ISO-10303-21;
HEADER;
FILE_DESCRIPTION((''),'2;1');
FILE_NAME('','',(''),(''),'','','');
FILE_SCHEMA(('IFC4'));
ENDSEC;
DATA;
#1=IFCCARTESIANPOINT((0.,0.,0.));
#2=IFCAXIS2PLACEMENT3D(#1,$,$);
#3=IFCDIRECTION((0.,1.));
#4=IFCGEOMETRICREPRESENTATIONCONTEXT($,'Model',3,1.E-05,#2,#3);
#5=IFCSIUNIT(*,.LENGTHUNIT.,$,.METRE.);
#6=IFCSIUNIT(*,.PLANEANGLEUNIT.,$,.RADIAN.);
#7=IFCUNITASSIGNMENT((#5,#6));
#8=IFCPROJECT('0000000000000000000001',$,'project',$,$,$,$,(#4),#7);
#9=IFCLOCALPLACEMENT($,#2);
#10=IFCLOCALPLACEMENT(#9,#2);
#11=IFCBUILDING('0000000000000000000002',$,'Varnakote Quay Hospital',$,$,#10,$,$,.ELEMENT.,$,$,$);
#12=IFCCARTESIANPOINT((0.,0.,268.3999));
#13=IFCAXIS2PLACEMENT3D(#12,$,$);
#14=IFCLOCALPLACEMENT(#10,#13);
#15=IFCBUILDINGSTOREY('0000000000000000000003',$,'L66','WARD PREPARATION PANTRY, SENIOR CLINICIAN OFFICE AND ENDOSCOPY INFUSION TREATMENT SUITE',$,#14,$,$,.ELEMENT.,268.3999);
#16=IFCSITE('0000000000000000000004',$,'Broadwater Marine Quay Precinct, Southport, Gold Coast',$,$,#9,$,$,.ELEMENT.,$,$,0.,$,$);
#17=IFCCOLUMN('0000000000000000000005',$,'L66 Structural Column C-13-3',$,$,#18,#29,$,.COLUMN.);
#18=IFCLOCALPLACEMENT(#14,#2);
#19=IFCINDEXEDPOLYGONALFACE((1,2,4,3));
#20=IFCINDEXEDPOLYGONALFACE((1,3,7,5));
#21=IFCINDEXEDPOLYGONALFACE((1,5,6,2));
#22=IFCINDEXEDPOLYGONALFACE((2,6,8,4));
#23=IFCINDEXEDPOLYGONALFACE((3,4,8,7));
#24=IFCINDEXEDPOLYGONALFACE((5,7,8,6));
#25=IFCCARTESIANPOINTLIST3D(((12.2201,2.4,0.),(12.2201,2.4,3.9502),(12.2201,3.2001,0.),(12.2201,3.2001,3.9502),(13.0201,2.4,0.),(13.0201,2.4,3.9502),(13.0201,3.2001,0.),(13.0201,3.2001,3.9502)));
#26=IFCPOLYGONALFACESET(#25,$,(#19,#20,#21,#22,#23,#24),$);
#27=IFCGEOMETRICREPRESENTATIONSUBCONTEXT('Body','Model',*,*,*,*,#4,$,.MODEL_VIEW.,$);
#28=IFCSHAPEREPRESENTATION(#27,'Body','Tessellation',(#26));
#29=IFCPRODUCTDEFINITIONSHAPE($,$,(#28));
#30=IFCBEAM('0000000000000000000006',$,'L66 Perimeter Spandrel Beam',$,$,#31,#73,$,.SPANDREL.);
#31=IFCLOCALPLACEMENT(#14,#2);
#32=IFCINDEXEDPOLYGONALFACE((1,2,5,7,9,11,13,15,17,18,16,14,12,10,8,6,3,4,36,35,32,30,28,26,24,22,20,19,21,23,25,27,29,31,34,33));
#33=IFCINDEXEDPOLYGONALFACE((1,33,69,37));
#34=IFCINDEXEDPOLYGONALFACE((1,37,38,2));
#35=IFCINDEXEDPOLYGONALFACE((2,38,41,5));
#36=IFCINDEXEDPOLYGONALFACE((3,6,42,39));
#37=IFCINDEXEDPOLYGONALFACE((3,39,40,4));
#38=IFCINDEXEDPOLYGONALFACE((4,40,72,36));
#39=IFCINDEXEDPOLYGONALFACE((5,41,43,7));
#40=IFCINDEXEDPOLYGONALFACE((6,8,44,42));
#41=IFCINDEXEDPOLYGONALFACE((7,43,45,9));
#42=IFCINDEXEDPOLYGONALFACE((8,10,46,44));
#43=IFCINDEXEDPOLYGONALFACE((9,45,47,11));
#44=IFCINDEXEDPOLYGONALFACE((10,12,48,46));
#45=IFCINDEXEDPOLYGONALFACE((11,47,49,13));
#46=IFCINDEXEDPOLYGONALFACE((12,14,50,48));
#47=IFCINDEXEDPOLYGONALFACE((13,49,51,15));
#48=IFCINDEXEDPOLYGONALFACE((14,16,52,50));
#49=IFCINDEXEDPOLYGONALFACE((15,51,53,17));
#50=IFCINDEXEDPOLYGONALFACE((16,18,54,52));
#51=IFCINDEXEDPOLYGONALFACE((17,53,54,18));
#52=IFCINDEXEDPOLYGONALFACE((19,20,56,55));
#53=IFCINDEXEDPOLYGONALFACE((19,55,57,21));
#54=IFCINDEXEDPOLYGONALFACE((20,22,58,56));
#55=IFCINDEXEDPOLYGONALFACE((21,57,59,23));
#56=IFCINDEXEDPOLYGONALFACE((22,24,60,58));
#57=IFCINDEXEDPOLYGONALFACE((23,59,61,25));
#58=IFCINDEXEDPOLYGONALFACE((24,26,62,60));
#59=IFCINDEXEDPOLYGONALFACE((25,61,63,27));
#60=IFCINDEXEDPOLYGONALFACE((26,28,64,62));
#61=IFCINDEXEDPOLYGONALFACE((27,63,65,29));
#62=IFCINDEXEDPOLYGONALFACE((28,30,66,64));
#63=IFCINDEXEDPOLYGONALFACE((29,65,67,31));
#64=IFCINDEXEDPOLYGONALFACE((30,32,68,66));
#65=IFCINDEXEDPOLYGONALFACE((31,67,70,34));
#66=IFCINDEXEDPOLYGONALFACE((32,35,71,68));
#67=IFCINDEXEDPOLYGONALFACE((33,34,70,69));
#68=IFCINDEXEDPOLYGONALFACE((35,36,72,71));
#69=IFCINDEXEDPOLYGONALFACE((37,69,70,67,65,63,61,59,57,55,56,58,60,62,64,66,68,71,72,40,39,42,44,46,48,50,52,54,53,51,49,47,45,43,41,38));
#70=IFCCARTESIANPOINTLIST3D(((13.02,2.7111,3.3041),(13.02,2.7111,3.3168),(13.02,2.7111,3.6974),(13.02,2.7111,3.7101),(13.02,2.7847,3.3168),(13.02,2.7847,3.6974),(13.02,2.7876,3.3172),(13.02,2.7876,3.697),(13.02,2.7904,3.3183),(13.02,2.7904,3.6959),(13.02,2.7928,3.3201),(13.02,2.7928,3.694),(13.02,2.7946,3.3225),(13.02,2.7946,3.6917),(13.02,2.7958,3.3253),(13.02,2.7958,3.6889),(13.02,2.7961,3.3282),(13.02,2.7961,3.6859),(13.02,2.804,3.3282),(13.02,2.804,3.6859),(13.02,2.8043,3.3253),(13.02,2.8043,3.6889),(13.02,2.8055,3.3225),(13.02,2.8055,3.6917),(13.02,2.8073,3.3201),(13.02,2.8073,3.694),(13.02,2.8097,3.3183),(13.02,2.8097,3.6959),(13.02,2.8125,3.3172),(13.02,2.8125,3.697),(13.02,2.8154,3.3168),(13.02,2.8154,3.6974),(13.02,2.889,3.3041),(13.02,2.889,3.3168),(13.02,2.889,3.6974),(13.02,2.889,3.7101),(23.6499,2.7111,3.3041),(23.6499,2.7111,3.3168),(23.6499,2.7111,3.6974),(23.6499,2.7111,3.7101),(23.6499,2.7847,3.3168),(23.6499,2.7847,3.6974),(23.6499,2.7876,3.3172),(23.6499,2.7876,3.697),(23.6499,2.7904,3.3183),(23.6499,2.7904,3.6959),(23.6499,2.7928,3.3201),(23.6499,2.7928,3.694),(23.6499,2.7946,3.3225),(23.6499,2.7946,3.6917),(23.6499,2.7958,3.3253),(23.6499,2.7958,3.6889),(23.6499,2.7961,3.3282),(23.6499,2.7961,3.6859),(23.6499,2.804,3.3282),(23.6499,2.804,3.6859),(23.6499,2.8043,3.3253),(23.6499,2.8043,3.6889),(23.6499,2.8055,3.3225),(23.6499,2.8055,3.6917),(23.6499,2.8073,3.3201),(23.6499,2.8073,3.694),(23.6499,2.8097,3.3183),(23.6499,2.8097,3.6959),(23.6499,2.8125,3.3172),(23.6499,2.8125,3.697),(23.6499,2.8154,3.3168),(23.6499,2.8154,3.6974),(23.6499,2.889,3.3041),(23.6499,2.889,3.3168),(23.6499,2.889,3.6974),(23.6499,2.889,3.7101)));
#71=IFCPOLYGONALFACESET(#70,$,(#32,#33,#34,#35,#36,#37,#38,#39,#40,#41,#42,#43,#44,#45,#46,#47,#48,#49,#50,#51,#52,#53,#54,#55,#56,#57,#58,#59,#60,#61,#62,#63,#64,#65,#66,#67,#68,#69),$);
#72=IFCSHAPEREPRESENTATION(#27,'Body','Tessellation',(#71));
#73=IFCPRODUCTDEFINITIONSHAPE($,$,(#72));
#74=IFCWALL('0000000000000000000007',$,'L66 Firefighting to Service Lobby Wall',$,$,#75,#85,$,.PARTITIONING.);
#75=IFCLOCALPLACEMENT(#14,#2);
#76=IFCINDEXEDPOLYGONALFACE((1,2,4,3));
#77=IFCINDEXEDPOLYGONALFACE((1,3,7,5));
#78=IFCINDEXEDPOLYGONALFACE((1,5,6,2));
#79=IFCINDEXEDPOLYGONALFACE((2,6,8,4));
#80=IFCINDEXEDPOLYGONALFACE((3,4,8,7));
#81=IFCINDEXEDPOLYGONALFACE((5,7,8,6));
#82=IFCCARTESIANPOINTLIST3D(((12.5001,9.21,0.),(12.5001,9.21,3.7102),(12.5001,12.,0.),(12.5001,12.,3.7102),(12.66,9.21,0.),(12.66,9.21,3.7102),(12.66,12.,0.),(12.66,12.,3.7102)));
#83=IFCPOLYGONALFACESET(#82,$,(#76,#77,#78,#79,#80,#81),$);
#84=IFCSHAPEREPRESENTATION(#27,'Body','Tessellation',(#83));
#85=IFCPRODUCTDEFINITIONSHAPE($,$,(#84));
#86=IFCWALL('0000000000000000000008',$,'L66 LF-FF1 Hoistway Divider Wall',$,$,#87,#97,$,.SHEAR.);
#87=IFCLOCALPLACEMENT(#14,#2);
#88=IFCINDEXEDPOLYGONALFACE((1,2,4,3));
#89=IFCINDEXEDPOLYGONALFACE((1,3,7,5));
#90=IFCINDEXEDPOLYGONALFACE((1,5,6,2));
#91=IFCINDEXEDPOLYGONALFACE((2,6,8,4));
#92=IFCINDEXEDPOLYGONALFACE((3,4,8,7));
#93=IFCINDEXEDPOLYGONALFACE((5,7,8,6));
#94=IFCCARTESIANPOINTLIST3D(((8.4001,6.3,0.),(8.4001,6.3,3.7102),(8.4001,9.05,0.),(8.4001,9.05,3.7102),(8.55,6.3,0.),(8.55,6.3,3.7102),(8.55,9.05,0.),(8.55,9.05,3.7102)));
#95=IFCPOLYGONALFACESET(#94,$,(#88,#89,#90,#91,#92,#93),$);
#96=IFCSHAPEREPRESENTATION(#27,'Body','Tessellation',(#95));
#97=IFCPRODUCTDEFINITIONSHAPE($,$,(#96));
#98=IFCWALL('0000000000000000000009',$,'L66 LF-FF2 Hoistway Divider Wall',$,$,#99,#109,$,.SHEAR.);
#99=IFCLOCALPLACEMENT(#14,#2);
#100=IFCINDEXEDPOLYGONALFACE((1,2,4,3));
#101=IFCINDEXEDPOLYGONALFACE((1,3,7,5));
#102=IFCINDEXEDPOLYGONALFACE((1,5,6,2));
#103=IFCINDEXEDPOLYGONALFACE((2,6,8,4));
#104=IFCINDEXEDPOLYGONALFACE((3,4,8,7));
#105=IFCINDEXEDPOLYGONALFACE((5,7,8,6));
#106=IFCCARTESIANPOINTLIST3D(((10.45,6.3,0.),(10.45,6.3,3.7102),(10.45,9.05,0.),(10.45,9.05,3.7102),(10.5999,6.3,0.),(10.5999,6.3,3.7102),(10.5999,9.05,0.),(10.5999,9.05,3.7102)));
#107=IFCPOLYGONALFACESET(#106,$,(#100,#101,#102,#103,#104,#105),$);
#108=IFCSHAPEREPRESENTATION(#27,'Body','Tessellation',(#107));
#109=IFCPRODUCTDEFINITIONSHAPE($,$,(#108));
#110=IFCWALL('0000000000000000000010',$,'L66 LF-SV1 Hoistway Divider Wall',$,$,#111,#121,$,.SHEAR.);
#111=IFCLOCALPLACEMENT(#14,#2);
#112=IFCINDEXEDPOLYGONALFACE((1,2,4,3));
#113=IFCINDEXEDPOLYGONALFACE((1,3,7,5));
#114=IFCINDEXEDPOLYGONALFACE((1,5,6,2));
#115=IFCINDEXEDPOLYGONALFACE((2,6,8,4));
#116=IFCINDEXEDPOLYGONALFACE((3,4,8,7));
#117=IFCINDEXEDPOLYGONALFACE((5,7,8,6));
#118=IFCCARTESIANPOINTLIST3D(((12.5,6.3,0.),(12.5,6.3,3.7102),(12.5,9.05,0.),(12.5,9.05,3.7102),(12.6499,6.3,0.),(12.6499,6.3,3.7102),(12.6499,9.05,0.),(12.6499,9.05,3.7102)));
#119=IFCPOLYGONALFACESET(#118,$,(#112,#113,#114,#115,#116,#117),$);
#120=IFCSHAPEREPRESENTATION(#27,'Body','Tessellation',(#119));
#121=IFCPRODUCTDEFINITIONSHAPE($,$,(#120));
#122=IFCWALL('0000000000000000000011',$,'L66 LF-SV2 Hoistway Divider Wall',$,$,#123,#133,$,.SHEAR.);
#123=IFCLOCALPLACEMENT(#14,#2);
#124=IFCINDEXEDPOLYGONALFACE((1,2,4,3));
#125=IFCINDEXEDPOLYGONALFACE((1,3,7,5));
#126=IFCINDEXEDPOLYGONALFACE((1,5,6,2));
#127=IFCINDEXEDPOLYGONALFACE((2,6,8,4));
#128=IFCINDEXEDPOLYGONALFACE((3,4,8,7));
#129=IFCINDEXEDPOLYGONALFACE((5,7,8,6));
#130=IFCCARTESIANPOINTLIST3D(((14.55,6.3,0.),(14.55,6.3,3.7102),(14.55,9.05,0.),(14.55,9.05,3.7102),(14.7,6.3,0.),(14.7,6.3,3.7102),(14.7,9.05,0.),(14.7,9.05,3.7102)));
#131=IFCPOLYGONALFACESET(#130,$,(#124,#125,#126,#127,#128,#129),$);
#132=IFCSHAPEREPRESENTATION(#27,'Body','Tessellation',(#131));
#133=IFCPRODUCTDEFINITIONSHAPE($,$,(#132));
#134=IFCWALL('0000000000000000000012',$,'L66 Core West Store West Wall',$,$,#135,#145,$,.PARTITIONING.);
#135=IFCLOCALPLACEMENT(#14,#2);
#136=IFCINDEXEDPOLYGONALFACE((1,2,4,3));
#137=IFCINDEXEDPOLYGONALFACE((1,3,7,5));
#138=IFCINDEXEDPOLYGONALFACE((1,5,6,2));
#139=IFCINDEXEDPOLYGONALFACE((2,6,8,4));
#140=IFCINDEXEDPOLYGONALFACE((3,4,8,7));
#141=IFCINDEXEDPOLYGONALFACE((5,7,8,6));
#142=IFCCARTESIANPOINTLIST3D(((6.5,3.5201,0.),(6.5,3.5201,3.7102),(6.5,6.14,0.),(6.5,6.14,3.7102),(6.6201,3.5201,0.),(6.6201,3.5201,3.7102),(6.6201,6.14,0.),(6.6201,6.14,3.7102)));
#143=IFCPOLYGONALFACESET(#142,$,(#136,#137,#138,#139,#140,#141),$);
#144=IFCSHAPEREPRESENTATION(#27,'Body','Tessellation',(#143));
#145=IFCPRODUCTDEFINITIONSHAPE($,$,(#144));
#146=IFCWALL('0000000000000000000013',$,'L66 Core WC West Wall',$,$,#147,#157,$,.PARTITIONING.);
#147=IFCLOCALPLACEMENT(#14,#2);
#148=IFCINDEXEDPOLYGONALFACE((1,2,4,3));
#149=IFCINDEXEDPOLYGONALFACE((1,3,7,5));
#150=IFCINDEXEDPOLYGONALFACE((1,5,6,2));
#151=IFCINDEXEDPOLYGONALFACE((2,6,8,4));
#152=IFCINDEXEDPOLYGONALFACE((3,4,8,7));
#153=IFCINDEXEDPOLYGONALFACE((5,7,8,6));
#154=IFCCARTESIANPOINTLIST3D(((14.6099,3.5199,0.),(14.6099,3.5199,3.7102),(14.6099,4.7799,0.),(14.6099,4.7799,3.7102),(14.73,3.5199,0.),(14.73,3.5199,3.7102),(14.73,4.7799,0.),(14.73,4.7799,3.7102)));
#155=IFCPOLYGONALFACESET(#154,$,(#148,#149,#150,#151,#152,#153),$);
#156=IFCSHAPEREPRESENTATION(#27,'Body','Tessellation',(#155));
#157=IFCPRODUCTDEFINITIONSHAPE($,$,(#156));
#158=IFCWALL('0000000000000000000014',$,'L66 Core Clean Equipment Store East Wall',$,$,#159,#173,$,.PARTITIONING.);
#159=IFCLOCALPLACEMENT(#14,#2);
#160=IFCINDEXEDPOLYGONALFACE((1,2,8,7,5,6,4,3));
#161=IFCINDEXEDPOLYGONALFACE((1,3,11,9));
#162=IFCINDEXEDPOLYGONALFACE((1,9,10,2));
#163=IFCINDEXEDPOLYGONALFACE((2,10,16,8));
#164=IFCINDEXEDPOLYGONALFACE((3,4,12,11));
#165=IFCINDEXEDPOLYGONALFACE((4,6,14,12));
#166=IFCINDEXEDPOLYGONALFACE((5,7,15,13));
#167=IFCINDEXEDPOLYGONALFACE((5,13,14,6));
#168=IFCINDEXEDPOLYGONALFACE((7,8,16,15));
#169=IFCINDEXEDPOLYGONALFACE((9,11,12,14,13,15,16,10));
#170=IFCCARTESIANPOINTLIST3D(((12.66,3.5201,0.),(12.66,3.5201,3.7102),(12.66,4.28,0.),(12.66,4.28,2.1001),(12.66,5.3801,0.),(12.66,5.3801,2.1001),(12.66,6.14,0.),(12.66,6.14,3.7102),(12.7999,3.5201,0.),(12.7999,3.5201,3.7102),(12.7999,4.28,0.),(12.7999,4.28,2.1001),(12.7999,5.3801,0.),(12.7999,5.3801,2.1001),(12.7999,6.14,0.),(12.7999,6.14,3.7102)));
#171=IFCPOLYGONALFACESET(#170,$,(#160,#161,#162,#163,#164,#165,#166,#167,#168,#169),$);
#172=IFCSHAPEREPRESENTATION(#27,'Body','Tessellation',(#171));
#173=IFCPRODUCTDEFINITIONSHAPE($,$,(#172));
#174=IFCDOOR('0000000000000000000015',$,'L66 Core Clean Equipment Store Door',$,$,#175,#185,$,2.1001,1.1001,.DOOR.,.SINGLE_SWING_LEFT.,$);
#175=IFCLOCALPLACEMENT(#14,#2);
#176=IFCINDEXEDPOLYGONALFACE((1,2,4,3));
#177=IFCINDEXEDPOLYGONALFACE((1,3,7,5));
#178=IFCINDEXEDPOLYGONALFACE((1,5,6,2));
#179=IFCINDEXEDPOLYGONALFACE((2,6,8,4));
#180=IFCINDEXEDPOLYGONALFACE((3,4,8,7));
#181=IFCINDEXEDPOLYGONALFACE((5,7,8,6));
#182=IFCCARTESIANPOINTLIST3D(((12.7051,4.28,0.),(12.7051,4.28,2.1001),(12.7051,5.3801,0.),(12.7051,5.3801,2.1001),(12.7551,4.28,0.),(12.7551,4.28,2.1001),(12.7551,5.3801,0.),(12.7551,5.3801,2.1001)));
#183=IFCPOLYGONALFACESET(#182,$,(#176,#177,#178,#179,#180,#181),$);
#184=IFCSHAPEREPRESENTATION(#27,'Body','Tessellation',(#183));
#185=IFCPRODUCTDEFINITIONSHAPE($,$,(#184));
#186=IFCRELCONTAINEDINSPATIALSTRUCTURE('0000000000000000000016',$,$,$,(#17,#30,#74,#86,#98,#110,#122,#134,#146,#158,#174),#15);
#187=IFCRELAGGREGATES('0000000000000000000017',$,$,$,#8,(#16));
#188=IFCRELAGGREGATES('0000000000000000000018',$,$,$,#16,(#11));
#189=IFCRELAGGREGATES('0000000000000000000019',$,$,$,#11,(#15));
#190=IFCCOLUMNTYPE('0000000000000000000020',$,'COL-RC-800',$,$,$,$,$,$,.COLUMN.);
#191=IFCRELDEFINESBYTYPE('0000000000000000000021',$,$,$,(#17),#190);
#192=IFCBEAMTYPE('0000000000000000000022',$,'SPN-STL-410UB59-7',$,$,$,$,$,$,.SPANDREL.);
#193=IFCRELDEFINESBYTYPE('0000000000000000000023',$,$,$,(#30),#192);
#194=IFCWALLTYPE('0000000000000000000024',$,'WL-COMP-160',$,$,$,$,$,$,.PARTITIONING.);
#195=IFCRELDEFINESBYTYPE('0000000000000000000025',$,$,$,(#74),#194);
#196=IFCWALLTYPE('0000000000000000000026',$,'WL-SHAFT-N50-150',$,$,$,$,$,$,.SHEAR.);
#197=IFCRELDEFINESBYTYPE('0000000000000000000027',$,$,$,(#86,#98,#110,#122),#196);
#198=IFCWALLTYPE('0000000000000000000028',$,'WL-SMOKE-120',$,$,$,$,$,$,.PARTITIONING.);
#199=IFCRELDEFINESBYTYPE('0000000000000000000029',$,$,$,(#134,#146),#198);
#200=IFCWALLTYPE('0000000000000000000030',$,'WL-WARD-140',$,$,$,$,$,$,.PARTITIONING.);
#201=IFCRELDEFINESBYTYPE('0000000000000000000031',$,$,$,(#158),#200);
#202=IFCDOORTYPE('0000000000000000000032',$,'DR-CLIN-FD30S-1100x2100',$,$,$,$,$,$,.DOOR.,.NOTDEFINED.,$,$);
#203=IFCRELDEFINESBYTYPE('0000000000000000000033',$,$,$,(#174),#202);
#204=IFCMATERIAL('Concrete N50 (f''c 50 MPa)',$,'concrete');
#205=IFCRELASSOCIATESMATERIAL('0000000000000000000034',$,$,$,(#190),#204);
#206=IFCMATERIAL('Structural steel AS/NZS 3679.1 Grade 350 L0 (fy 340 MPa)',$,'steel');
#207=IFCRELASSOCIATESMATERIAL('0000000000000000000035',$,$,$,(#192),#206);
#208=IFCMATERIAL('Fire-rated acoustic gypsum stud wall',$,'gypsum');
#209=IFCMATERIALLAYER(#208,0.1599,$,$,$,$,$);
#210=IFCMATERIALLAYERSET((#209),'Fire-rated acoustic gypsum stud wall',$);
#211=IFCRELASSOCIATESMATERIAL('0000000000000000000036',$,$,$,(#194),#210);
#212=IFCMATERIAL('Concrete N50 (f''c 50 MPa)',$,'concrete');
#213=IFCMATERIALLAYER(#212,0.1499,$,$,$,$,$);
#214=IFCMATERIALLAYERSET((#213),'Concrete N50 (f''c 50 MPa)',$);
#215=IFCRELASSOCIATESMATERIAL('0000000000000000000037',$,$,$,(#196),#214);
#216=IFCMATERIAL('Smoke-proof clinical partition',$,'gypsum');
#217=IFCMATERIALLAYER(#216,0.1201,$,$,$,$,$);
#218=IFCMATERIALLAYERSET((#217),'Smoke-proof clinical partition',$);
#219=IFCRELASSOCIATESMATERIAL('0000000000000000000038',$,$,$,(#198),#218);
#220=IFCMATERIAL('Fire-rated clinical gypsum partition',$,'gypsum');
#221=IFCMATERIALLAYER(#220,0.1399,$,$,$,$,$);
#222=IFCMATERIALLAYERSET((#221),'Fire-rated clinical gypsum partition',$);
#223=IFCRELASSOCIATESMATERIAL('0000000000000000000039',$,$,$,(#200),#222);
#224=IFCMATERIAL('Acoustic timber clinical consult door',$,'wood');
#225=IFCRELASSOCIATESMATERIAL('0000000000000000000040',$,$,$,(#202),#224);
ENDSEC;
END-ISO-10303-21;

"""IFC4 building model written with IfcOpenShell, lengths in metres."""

from ifc_helpers import new_model, si_unit, direction, frame, frame_2d, origin, origin_2d, place, context, subcontext, project, spatial, rectangle, i_section, extrude, material, layer, layer_set, material_profile, profile_set, type_object, element, fill, save


model = new_model("IFC4")

# Units and contexts
model_context = context("Model", 3, precision=1e-05, world=origin(), true_north=direction((0.0, 1.0)))
body_context = subcontext(model_context, "Body", "Model", "MODEL_VIEW")
ifc_project = project(units=[si_unit("LENGTHUNIT", "METRE"), si_unit("PLANEANGLEUNIT", "RADIAN")], contexts=[model_context])

# Site, building, storey
site_placement = place(None, origin())
site = spatial("IfcSite", under=ifc_project, at=site_placement, Name="Broadwater Marine Quay Precinct, Southport, Gold Coast", CompositionType="ELEMENT", RefElevation=0.0)
building_placement = place(site_placement, origin())
building = spatial("IfcBuilding", under=site, at=building_placement, Name="Varnakote Quay Hospital", CompositionType="ELEMENT")
storey_placement = place(building_placement, frame((0.0, 0.0, 268.3999)))
storey = spatial("IfcBuildingStorey", under=building, at=storey_placement, Name="L66", Description="WARD PREPARATION PANTRY, SENIOR CLINICIAN OFFICE AND ENDOSCOPY INFUSION TREATMENT SUITE", CompositionType="ELEMENT", Elevation=268.3999)

# Column
ifc_material_1 = material(Name="Concrete N50 (f'c 50 MPa)", Category="concrete")
ifc_material_profile_1 = material_profile(ifc_material_1, rectangle(XDim=0.8, YDim=0.8, at=origin_2d()), Name="RC-COL-800x800")
ifc_profile_set_1 = profile_set([ifc_material_profile_1], Name="Concrete N50 (f'c 50 MPa)")
column_type = type_object("IfcColumnType", Name="COL-RC-800", PredefinedType="COLUMN", material=ifc_profile_set_1)
column_placement = place(storey_placement, frame((12.6201, 2.8, 0.0), z_axis=(0.0, 0.0, 1.0), x_axis=(1.0, 0.0, 0.0)))
element("IfcColumn", 1, at=column_placement, inside=storey, type_object=column_type, Name="L66 Structural Column C-13-3", PredefinedType="COLUMN", context=body_context, shape_type="SweptSolid", body=[
    extrude(rectangle(XDim=0.8, YDim=0.8, at=origin_2d()), origin(), (0.0, 0.0, 1.0), 3.9502),
])

# Beam
ifc_material_2 = material(Name="Structural steel AS/NZS 3679.1 Grade 350 L0 (fy 340 MPa)", Category="steel")
ifc_material_profile_2 = material_profile(ifc_material_2, i_section(OverallWidth=0.178, OverallDepth=0.406, WebThickness=0.0078, FlangeThickness=0.0127, FilletRadius=0.0115, at=origin_2d()), Name="410UB59.7")
ifc_profile_set_2 = profile_set([ifc_material_profile_2], Name="Structural steel AS/NZS 3679.1 Grade 350 L0 (fy 340 MPa)")
beam_type = type_object("IfcBeamType", Name="SPN-STL-410UB59-7", PredefinedType="SPANDREL", material=ifc_profile_set_2)
beam_placement = place(storey_placement, frame((13.02, 2.8, 3.5071), z_axis=(1.0, 0.0, 0.0), x_axis=(0.0, 1.0, 0.0)))
element("IfcBeam", 2, at=beam_placement, inside=storey, type_object=beam_type, Name="L66 Perimeter Spandrel Beam", PredefinedType="SPANDREL", context=body_context, shape_type="SweptSolid", body=[
    extrude(i_section(OverallWidth=0.178, OverallDepth=0.406, WebThickness=0.0078, FlangeThickness=0.0127, FilletRadius=0.0115, at=origin_2d()), origin(), (0.0, 0.0, 1.0), 10.6299),
])

# Walls
ifc_material_3 = material(Name="Fire-rated acoustic gypsum stud wall", Category="gypsum")
ifc_layer_1 = layer(ifc_material_3, 0.1599)
ifc_layer_set_1 = layer_set([ifc_layer_1], Name="Fire-rated acoustic gypsum stud wall")
wall_type_1 = type_object("IfcWallType", Name="WL-COMP-160", PredefinedType="PARTITIONING", material=ifc_layer_set_1)
wall_1_placement = place(storey_placement, frame((12.5801, 9.21, 0.0), z_axis=(0.0, 0.0, 1.0), x_axis=(0.0, 1.0, 0.0)))
element("IfcWall", 3, at=wall_1_placement, inside=storey, type_object=wall_type_1, Name="L66 Firefighting to Service Lobby Wall", PredefinedType="PARTITIONING", context=body_context, shape_type="SweptSolid", body=[
    extrude(rectangle(XDim=2.79, YDim=0.1599, at=frame_2d((1.395, 0.0))), origin(), (0.0, 0.0, 1.0), 3.7102),
])
ifc_material_4 = material(Name="Concrete N50 (f'c 50 MPa)", Category="concrete")
ifc_layer_2 = layer(ifc_material_4, 0.1499)
ifc_layer_set_2 = layer_set([ifc_layer_2], Name="Concrete N50 (f'c 50 MPa)")
wall_type_2 = type_object("IfcWallType", Name="WL-SHAFT-N50-150", PredefinedType="SHEAR", material=ifc_layer_set_2)
for number, where, z_axis, x_axis, name in (
    (4, (8.4751, 6.3, 0.0), (0.0, 0.0, 1.0), (0.0, 1.0, 0.0), "L66 LF-FF1 Hoistway Divider Wall"),
    (5, (10.5249, 6.3, 0.0), (0.0, 0.0, 1.0), (0.0, 1.0, 0.0), "L66 LF-FF2 Hoistway Divider Wall"),
    (6, (12.575, 6.3, 0.0), (0.0, 0.0, 1.0), (0.0, 1.0, 0.0), "L66 LF-SV1 Hoistway Divider Wall"),
    (7, (14.625, 6.3, 0.0), (0.0, 0.0, 1.0), (0.0, 1.0, 0.0), "L66 LF-SV2 Hoistway Divider Wall"),
):
    element("IfcWall", number, at=place(storey_placement, frame(where, z_axis=z_axis, x_axis=x_axis)), inside=storey, type_object=wall_type_2, Name=name, PredefinedType="SHEAR", context=body_context, shape_type="SweptSolid", body=[
        extrude(rectangle(XDim=2.75, YDim=0.1499, at=frame_2d((1.375, 0.0))), origin(), (0.0, 0.0, 1.0), 3.7102),
    ])

# Walls
ifc_material_5 = material(Name="Smoke-proof clinical partition", Category="gypsum")
ifc_layer_3 = layer(ifc_material_5, 0.1201)
ifc_layer_set_3 = layer_set([ifc_layer_3], Name="Smoke-proof clinical partition")
wall_type_3 = type_object("IfcWallType", Name="WL-SMOKE-120", PredefinedType="PARTITIONING", material=ifc_layer_set_3)
wall_2_placement = place(storey_placement, frame((6.5601, 3.52, 0.0), z_axis=(0.0, 0.0, 1.0), x_axis=(0.0, 1.0, 0.0)))
element("IfcWall", 8, at=wall_2_placement, inside=storey, type_object=wall_type_3, Name="L66 Core West Store West Wall", PredefinedType="PARTITIONING", context=body_context, shape_type="SweptSolid", body=[
    extrude(rectangle(XDim=2.6199, YDim=0.1201, at=frame_2d((1.3101, 0.0))), origin(), (0.0, 0.0, 1.0), 3.7102),
])
wall_3_placement = place(storey_placement, frame((14.6699, 3.52, 0.0), z_axis=(0.0, 0.0, 1.0), x_axis=(0.0, 1.0, 0.0)))
element("IfcWall", 9, at=wall_3_placement, inside=storey, type_object=wall_type_3, Name="L66 Core WC West Wall", PredefinedType="PARTITIONING", context=body_context, shape_type="SweptSolid", body=[
    extrude(rectangle(XDim=1.26, YDim=0.1201, at=frame_2d((0.6299, 0.0))), origin(), (0.0, 0.0, 1.0), 3.7102),
])

# Wall, opening, door
ifc_material_6 = material(Name="Fire-rated clinical gypsum partition", Category="gypsum")
ifc_layer_4 = layer(ifc_material_6, 0.1399)
ifc_layer_set_4 = layer_set([ifc_layer_4], Name="Fire-rated clinical gypsum partition")
wall_type_4 = type_object("IfcWallType", Name="WL-WARD-140", PredefinedType="PARTITIONING", material=ifc_layer_set_4)
wall_4_placement = place(storey_placement, frame((12.73, 3.52, 0.0), z_axis=(0.0, 0.0, 1.0), x_axis=(0.0, 1.0, 0.0)))
wall_4 = element("IfcWall", 10, at=wall_4_placement, inside=storey, type_object=wall_type_4, Name="L66 Core Clean Equipment Store East Wall", PredefinedType="PARTITIONING", context=body_context, shape_type="SweptSolid", body=[
    extrude(rectangle(XDim=2.6199, YDim=0.1399, at=frame_2d((1.3101, 0.0))), origin(), (0.0, 0.0, 1.0), 3.7102),
])
opening_1_placement = place(wall_4_placement, frame((0.76, 0.0, 0.0)))
opening_1 = element("IfcOpeningElement", 11, at=opening_1_placement, cuts=wall_4, PredefinedType="OPENING", context=body_context, shape_type="SweptSolid", body=[
    extrude(rectangle(XDim=1.1001, YDim=2.1001, at=frame_2d((0.55, 1.05))), frame((0.0, 0.0798, 0.0), z_axis=(0.0, -1.0, 0.0), x_axis=(1.0, 0.0, 0.0)), (0.0, 0.0, 1.0), 0.1599),
])
ifc_material_7 = material(Name="Acoustic timber clinical consult door", Category="wood")
door_type_1 = type_object("IfcDoorType", Name="DR-CLIN-FD30S-1100x2100", OperationType="NOTDEFINED", PredefinedType="DOOR", material=ifc_material_7)
door_1_placement = place(opening_1_placement, origin())
door_1 = element("IfcDoor", 12, at=door_1_placement, inside=storey, type_object=door_type_1, Name="L66 Core Clean Equipment Store Door", OperationType="SINGLE_SWING_LEFT", OverallHeight=2.1001, OverallWidth=1.1001, PredefinedType="DOOR", context=body_context, shape_type="SweptSolid", body=[
    extrude(rectangle(XDim=1.1001, YDim=2.1001, at=frame_2d((0.55, 1.05))), frame((0.0, 0.0249, 0.0), z_axis=(0.0, -1.0, 0.0), x_axis=(1.0, 0.0, 0.0)), (0.0, 0.0, 1.0), 0.05),
])
fill(opening_1, door_1)

save(model, "model.ifc")
